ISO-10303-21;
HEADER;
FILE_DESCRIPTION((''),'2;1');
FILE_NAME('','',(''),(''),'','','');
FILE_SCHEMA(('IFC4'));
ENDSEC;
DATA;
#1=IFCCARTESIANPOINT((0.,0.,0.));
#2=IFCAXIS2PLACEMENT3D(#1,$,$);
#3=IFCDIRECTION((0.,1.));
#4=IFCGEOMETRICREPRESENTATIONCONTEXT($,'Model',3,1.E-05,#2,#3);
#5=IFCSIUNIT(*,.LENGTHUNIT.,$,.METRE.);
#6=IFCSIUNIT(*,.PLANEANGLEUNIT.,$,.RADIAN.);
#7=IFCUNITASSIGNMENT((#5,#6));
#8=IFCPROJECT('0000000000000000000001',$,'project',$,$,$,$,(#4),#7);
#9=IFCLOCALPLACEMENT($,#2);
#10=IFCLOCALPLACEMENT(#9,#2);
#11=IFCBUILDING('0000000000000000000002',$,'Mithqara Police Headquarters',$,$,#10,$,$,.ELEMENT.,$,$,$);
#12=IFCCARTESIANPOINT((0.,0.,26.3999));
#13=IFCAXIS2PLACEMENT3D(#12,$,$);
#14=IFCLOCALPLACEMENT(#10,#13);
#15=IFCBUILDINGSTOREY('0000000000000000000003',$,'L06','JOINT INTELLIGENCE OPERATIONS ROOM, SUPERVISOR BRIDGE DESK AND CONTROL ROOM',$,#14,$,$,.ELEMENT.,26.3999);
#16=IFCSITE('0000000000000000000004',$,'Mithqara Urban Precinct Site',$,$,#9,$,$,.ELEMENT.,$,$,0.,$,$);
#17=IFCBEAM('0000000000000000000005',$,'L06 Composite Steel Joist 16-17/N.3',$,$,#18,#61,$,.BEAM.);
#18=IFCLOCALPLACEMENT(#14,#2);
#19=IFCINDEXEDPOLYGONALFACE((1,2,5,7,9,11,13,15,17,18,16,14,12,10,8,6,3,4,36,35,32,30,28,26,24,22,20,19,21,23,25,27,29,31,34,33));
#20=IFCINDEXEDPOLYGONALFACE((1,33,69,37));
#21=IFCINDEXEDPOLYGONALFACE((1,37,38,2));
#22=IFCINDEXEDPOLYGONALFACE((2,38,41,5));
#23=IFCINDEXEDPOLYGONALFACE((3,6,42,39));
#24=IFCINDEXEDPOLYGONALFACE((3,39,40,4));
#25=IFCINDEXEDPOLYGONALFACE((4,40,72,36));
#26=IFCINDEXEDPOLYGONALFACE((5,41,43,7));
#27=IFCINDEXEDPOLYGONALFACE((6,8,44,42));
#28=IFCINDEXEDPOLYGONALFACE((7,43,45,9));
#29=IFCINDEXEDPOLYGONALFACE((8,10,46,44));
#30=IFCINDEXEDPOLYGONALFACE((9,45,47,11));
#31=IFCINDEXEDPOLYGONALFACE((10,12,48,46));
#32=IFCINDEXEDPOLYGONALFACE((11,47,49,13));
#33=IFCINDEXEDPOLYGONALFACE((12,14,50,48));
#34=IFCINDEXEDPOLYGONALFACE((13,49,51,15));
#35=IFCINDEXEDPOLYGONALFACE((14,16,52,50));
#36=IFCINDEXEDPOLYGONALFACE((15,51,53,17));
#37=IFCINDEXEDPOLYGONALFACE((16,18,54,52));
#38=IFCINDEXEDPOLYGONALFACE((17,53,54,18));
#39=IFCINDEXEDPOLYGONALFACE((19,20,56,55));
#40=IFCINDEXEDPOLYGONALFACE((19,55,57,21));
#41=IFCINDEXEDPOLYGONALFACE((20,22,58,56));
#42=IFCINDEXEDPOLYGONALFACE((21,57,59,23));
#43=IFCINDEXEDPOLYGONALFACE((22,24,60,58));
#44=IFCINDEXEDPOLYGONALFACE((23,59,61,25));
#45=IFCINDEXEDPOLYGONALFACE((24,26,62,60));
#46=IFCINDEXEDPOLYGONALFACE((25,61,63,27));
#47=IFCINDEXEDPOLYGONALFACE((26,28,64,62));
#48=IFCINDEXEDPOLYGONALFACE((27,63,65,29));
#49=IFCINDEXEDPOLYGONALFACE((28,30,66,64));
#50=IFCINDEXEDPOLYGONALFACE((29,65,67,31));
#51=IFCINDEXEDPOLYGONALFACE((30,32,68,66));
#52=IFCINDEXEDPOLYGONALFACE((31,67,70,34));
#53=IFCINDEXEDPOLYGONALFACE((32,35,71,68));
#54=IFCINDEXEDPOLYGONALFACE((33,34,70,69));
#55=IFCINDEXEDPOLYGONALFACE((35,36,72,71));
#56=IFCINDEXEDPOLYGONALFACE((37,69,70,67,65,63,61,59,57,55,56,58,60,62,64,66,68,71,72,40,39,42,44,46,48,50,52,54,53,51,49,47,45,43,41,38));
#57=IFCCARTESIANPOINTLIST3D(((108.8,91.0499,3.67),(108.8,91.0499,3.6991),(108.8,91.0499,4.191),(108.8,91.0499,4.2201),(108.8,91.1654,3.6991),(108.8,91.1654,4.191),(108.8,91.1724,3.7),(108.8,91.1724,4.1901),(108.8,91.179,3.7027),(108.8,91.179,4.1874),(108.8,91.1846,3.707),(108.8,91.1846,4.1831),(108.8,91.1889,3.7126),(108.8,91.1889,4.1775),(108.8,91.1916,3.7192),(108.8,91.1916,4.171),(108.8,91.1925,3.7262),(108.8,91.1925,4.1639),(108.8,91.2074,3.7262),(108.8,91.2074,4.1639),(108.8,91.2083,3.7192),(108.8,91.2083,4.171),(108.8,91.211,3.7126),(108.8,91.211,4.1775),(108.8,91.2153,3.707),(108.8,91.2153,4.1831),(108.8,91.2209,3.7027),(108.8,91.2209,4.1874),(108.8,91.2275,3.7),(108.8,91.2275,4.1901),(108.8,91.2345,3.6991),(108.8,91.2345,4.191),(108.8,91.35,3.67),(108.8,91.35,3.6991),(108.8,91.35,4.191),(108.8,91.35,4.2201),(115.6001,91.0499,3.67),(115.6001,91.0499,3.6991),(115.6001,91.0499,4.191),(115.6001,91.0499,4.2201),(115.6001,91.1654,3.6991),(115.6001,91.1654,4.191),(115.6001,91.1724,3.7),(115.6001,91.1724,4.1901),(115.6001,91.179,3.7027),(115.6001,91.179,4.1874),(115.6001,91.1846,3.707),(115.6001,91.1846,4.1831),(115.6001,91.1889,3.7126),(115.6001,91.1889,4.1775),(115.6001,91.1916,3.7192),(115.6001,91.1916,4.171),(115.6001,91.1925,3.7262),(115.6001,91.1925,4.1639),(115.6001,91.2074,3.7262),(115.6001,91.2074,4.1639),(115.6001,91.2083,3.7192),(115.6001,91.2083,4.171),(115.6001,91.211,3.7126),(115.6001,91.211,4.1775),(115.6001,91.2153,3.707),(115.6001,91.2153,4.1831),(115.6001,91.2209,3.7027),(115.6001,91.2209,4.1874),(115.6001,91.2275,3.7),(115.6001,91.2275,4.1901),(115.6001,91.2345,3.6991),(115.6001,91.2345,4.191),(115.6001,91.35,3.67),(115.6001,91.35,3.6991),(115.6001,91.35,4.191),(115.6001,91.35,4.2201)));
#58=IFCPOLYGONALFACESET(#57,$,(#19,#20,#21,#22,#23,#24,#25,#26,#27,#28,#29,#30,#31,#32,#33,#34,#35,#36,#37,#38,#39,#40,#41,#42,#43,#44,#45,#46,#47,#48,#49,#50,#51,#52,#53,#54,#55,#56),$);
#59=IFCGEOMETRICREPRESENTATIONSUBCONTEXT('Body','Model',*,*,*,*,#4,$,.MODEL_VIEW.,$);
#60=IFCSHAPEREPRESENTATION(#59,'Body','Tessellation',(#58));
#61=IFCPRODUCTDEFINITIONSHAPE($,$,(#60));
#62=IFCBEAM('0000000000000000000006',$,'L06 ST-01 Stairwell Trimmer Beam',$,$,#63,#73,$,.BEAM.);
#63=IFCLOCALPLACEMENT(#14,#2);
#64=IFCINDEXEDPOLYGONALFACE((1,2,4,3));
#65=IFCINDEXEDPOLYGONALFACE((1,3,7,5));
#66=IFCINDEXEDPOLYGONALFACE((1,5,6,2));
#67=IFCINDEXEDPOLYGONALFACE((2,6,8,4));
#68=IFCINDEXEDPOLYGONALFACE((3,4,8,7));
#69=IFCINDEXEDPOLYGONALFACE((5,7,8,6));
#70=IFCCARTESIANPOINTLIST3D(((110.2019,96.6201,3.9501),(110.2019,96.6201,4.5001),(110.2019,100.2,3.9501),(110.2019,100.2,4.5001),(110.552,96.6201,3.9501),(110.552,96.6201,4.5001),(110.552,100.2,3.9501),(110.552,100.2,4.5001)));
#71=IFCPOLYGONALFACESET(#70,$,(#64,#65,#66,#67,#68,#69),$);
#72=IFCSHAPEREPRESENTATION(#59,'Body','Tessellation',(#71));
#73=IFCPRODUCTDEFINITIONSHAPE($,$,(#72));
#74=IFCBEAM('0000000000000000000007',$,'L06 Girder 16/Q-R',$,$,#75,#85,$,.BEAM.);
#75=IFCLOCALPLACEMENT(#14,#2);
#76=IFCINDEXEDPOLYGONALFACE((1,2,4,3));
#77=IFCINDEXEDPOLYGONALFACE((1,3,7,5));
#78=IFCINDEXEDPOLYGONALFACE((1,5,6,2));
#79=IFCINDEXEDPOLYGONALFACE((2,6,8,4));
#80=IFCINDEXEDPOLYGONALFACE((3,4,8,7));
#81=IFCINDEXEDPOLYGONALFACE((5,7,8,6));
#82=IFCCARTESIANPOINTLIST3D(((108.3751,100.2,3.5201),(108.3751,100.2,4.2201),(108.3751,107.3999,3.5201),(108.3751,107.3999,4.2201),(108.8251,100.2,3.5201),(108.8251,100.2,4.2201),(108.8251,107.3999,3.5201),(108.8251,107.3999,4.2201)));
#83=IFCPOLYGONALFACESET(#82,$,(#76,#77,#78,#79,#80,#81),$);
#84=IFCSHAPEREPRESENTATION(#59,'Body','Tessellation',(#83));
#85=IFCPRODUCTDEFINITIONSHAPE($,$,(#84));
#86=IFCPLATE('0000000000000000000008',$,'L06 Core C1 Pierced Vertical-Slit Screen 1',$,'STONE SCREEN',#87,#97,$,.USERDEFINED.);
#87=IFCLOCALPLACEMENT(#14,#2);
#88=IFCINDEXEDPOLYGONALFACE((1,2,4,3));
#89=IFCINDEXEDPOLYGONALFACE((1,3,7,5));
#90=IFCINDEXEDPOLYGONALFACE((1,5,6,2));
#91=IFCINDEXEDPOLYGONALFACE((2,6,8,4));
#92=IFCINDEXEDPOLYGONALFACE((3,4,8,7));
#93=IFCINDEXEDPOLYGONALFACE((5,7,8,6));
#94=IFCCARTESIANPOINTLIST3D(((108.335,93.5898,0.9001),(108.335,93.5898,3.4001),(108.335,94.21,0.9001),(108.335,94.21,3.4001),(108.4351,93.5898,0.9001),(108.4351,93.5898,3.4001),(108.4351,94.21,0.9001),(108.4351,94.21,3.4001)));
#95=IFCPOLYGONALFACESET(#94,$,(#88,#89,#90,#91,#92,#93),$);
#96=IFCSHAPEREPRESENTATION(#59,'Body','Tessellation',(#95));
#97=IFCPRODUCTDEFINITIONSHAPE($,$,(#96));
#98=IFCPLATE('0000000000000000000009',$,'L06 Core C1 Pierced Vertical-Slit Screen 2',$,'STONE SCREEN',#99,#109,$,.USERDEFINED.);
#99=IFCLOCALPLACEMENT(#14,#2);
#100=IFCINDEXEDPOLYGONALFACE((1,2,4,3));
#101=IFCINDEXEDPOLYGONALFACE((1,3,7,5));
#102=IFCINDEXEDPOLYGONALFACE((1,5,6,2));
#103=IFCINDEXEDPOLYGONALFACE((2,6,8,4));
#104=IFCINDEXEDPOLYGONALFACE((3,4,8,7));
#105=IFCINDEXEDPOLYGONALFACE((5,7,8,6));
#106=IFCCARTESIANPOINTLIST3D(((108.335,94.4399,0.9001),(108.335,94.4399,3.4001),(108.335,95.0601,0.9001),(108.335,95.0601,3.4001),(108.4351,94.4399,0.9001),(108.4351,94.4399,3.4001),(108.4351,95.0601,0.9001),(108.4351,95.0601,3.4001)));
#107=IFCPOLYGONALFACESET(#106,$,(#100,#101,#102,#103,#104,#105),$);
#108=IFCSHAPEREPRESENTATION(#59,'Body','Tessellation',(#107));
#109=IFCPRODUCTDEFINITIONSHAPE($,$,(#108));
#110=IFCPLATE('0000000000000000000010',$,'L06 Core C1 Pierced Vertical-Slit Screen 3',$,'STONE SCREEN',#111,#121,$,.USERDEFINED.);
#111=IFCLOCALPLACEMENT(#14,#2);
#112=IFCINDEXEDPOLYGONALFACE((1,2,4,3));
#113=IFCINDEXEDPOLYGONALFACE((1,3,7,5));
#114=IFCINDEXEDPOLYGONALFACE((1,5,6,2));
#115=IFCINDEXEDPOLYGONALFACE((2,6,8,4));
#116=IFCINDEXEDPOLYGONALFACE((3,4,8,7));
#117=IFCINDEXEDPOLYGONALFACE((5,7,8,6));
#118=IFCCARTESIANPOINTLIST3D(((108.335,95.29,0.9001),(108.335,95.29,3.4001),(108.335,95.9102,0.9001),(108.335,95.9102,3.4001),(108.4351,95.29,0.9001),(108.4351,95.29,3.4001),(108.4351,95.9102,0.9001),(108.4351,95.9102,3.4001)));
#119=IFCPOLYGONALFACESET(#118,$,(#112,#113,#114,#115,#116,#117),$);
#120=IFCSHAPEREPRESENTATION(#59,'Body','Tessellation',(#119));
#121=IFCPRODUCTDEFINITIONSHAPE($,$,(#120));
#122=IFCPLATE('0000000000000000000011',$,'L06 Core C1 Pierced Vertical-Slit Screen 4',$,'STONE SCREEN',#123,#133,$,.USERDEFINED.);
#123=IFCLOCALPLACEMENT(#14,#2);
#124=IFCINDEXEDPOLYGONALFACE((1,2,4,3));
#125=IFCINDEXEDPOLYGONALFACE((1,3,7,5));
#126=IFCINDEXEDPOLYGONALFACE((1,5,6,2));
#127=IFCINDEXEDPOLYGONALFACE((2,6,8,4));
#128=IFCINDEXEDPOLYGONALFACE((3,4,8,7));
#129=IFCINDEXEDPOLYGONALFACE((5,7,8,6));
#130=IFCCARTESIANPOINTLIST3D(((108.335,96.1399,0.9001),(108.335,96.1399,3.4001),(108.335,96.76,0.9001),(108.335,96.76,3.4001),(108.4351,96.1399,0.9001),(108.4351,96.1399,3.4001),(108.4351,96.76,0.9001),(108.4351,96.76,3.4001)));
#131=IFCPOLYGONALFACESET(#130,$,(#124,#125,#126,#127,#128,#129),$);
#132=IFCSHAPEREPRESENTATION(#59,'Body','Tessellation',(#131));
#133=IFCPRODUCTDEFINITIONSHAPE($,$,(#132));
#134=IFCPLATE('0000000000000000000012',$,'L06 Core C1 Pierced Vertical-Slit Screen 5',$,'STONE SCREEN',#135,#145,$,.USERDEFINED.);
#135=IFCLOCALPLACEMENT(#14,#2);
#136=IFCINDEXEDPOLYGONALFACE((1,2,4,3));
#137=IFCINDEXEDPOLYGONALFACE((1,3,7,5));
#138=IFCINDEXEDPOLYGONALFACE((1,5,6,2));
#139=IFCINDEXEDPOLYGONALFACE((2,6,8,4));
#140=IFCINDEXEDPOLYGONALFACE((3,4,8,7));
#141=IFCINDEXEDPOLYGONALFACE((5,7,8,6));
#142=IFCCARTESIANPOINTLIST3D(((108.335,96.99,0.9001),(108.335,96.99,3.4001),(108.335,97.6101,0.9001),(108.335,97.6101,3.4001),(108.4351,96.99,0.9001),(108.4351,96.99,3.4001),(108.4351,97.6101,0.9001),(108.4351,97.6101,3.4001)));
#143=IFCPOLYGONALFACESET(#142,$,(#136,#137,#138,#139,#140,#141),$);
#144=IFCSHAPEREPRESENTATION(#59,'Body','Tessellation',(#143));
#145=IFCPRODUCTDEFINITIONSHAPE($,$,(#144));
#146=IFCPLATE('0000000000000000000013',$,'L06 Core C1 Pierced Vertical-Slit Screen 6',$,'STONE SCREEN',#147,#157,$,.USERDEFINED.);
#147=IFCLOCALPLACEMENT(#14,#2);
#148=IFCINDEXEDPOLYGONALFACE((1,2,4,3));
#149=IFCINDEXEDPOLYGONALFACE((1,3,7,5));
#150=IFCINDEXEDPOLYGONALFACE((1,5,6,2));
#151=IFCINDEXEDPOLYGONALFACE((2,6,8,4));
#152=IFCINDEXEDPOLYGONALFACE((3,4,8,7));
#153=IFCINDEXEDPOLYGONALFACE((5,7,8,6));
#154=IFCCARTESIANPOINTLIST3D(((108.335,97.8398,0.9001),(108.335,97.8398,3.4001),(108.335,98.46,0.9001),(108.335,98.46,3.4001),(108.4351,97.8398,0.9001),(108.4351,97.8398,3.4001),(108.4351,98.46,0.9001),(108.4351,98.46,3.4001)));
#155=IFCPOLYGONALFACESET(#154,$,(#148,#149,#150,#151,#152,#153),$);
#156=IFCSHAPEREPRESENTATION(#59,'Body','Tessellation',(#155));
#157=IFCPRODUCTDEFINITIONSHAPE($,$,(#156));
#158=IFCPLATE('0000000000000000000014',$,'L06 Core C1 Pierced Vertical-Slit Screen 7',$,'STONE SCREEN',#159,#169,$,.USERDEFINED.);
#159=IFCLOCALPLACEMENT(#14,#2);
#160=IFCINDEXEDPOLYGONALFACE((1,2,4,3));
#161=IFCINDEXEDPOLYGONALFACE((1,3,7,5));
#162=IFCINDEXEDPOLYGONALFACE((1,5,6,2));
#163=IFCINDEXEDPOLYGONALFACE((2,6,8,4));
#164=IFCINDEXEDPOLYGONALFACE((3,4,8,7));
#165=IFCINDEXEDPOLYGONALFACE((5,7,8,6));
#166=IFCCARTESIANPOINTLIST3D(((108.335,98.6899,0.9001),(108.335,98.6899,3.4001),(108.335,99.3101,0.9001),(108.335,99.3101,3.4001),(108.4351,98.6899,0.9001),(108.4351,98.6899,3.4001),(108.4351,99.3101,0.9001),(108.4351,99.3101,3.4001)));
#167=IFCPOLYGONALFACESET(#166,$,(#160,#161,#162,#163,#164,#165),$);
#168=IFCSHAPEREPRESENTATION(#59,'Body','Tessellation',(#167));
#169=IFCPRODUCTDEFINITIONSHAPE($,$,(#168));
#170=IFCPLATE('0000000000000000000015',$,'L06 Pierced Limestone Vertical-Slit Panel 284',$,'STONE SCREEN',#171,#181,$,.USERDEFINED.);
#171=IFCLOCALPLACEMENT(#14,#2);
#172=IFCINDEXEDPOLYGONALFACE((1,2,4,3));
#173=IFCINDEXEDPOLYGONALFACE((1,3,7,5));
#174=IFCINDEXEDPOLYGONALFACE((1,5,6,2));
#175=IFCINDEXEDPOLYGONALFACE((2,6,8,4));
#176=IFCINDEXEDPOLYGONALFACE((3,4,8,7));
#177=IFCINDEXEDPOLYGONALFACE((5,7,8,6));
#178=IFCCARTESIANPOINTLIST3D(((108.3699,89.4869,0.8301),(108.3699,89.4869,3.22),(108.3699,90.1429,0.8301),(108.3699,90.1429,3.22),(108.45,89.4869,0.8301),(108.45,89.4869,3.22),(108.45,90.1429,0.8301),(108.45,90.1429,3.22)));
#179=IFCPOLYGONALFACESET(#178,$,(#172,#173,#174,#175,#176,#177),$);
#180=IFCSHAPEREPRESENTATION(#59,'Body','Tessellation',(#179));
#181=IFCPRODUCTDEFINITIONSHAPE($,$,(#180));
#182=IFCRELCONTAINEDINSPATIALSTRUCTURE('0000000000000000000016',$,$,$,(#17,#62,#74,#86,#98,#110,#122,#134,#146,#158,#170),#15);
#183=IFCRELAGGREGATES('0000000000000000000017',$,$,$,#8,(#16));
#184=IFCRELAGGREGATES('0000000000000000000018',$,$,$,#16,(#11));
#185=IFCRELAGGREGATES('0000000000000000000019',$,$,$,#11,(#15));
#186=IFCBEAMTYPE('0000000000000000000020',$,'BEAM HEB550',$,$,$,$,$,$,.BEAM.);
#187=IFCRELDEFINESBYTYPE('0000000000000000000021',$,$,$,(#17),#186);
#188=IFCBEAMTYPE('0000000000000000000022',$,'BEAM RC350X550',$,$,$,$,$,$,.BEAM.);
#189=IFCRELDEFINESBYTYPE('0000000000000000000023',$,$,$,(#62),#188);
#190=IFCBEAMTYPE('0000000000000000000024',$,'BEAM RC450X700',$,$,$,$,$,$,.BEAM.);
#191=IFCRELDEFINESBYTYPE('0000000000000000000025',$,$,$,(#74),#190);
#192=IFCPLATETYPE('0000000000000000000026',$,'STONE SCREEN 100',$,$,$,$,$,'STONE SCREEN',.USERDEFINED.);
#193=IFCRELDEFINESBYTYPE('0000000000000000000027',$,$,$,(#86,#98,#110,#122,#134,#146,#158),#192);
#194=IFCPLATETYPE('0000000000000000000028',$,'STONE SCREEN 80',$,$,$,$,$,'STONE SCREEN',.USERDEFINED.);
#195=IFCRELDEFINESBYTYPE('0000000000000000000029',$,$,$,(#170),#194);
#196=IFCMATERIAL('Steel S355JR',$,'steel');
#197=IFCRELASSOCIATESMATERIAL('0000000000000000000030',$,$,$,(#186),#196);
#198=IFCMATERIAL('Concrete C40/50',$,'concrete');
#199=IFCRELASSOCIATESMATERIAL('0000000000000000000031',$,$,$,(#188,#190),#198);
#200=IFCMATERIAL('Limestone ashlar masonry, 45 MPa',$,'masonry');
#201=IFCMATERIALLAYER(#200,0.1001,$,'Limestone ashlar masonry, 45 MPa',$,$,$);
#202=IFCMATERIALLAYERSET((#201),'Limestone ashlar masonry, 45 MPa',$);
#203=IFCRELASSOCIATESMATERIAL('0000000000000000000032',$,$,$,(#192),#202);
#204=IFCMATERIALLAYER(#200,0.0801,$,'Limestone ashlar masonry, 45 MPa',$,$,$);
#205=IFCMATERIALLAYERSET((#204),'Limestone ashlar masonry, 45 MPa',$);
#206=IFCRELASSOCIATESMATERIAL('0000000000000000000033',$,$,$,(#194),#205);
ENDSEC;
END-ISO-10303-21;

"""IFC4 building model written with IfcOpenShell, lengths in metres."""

from ifc_helpers import new_model, si_unit, direction, frame, origin, origin_2d, place, context, subcontext, project, spatial, rectangle, i_section, extrude, material, layer, layer_set, material_profile, profile_set, type_object, element, save


model = new_model("IFC4")

# Units and contexts
model_context = context("Model", 3, precision=1e-05, world=origin(), true_north=direction((0.0, 1.0)))
body_context = subcontext(model_context, "Body", "Model", "MODEL_VIEW")
ifc_project = project(units=[si_unit("LENGTHUNIT", "METRE"), si_unit("PLANEANGLEUNIT", "RADIAN")], contexts=[model_context])

# Site, building, storey
site_placement = place(None, origin())
site = spatial("IfcSite", under=ifc_project, at=site_placement, Name="Mithqara Urban Precinct Site", CompositionType="ELEMENT", RefElevation=0.0)
building_placement = place(site_placement, origin())
building = spatial("IfcBuilding", under=site, at=building_placement, Name="Mithqara Police Headquarters", CompositionType="ELEMENT")
storey_placement = place(building_placement, frame((0.0, 0.0, 26.3999)))
storey = spatial("IfcBuildingStorey", under=building, at=storey_placement, Name="L06", Description="JOINT INTELLIGENCE OPERATIONS ROOM, SUPERVISOR BRIDGE DESK AND CONTROL ROOM", CompositionType="ELEMENT", Elevation=26.3999)

# Beams
ifc_material_1 = material(Name="Steel S355JR", Category="steel")
ifc_material_profile_1 = material_profile(ifc_material_1, i_section(OverallWidth=0.3, OverallDepth=0.55, WebThickness=0.0149, FlangeThickness=0.0291, FilletRadius=0.0271, at=origin_2d()), Name="HEB 550")
ifc_profile_set_1 = profile_set([ifc_material_profile_1], Name="Steel S355JR")
beam_type_1 = type_object("IfcBeamType", Name="BEAM HEB550", PredefinedType="BEAM", material=ifc_profile_set_1)
beam_1_placement = place(storey_placement, frame((108.8, 91.2, 3.9451), z_axis=(1.0, 0.0, 0.0), x_axis=(0.0, 1.0, 0.0)))
element("IfcBeam", 1, at=beam_1_placement, inside=storey, type_object=beam_type_1, Name="L06 Composite Steel Joist 16-17/N.3", PredefinedType="BEAM", context=body_context, shape_type="SweptSolid", body=[
    extrude(i_section(OverallWidth=0.3, OverallDepth=0.55, WebThickness=0.0149, FlangeThickness=0.0291, FilletRadius=0.0271, at=origin_2d()), origin(), (0.0, 0.0, 1.0), 6.8),
])
ifc_material_2 = material(Name="Concrete C40/50", Category="concrete")
ifc_material_profile_2 = material_profile(ifc_material_2, rectangle(XDim=0.3501, YDim=0.55, at=origin_2d()), Name="RC 350x550")
ifc_profile_set_2 = profile_set([ifc_material_profile_2], Name="Concrete C40/50")
beam_type_2 = type_object("IfcBeamType", Name="BEAM RC350X550", PredefinedType="BEAM", material=ifc_profile_set_2)
beam_2_placement = place(storey_placement, frame((110.377, 96.6201, 4.2251), z_axis=(0.0, 1.0, 0.0), x_axis=(-1.0, 0.0, 0.0)))
element("IfcBeam", 2, at=beam_2_placement, inside=storey, type_object=beam_type_2, Name="L06 ST-01 Stairwell Trimmer Beam", PredefinedType="BEAM", context=body_context, shape_type="SweptSolid", body=[
    extrude(rectangle(XDim=0.3501, YDim=0.55, at=origin_2d()), origin(), (0.0, 0.0, 1.0), 3.5798),
])
ifc_material_profile_3 = material_profile(ifc_material_2, rectangle(XDim=0.45, YDim=0.7, at=origin_2d()), Name="RC 450x700")
ifc_profile_set_3 = profile_set([ifc_material_profile_3], Name="Concrete C40/50")
beam_type_3 = type_object("IfcBeamType", Name="BEAM RC450X700", PredefinedType="BEAM", material=ifc_profile_set_3)
beam_3_placement = place(storey_placement, frame((108.6001, 100.2, 3.8701), z_axis=(0.0, 1.0, 0.0), x_axis=(-1.0, 0.0, 0.0)))
element("IfcBeam", 3, at=beam_3_placement, inside=storey, type_object=beam_type_3, Name="L06 Girder 16/Q-R", PredefinedType="BEAM", context=body_context, shape_type="SweptSolid", body=[
    extrude(rectangle(XDim=0.45, YDim=0.7, at=origin_2d()), origin(), (0.0, 0.0, 1.0), 7.2),
])

# Plates
ifc_material_3 = material(Name="Limestone ashlar masonry, 45 MPa", Category="masonry")
ifc_layer_1 = layer(ifc_material_3, 0.1001, Name="Limestone ashlar masonry, 45 MPa")
ifc_layer_set_1 = layer_set([ifc_layer_1], Name="Limestone ashlar masonry, 45 MPa")
plate_type_1 = type_object("IfcPlateType", Name="STONE SCREEN 100", ElementType="STONE SCREEN", PredefinedType="USERDEFINED", material=ifc_layer_set_1)
for number, where, z_axis, x_axis, name in (
    (4, (108.385, 93.8999, 0.9001), (0.0, 0.0, 1.0), (0.0, 1.0, 0.0), "L06 Core C1 Pierced Vertical-Slit Screen 1"),
    (5, (108.385, 94.75, 0.9001), (0.0, 0.0, 1.0), (0.0, 1.0, 0.0), "L06 Core C1 Pierced Vertical-Slit Screen 2"),
    (6, (108.385, 95.6001, 0.9001), (0.0, 0.0, 1.0), (0.0, 1.0, 0.0), "L06 Core C1 Pierced Vertical-Slit Screen 3"),
    (7, (108.385, 96.45, 0.9001), (0.0, 0.0, 1.0), (0.0, 1.0, 0.0), "L06 Core C1 Pierced Vertical-Slit Screen 4"),
    (8, (108.385, 97.3, 0.9001), (0.0, 0.0, 1.0), (0.0, 1.0, 0.0), "L06 Core C1 Pierced Vertical-Slit Screen 5"),
    (9, (108.385, 98.1499, 0.9001), (0.0, 0.0, 1.0), (0.0, 1.0, 0.0), "L06 Core C1 Pierced Vertical-Slit Screen 6"),
    (10, (108.385, 99.0, 0.9001), (0.0, 0.0, 1.0), (0.0, 1.0, 0.0), "L06 Core C1 Pierced Vertical-Slit Screen 7"),
):
    element("IfcPlate", number, at=place(storey_placement, frame(where, z_axis=z_axis, x_axis=x_axis)), inside=storey, type_object=plate_type_1, Name=name, ObjectType="STONE SCREEN", PredefinedType="USERDEFINED", context=body_context, shape_type="SweptSolid", body=[
        extrude(rectangle(XDim=0.6201, YDim=0.1001, at=origin_2d()), origin(), (0.0, 0.0, 1.0), 2.5),
    ])
ifc_layer_2 = layer(ifc_material_3, 0.0801, Name="Limestone ashlar masonry, 45 MPa")
ifc_layer_set_2 = layer_set([ifc_layer_2], Name="Limestone ashlar masonry, 45 MPa")
plate_type_2 = type_object("IfcPlateType", Name="STONE SCREEN 80", ElementType="STONE SCREEN", PredefinedType="USERDEFINED", material=ifc_layer_set_2)
plate_placement = place(storey_placement, frame((108.4099, 89.8149, 0.8301), z_axis=(0.0, 0.0, 1.0), x_axis=(0.0, 1.0, 0.0)))
element("IfcPlate", 11, at=plate_placement, inside=storey, type_object=plate_type_2, Name="L06 Pierced Limestone Vertical-Slit Panel 284", ObjectType="STONE SCREEN", PredefinedType="USERDEFINED", context=body_context, shape_type="SweptSolid", body=[
    extrude(rectangle(XDim=0.656, YDim=0.0801, at=origin_2d()), origin(), (0.0, 0.0, 1.0), 2.3899),
])

save(model, "model.ifc")
